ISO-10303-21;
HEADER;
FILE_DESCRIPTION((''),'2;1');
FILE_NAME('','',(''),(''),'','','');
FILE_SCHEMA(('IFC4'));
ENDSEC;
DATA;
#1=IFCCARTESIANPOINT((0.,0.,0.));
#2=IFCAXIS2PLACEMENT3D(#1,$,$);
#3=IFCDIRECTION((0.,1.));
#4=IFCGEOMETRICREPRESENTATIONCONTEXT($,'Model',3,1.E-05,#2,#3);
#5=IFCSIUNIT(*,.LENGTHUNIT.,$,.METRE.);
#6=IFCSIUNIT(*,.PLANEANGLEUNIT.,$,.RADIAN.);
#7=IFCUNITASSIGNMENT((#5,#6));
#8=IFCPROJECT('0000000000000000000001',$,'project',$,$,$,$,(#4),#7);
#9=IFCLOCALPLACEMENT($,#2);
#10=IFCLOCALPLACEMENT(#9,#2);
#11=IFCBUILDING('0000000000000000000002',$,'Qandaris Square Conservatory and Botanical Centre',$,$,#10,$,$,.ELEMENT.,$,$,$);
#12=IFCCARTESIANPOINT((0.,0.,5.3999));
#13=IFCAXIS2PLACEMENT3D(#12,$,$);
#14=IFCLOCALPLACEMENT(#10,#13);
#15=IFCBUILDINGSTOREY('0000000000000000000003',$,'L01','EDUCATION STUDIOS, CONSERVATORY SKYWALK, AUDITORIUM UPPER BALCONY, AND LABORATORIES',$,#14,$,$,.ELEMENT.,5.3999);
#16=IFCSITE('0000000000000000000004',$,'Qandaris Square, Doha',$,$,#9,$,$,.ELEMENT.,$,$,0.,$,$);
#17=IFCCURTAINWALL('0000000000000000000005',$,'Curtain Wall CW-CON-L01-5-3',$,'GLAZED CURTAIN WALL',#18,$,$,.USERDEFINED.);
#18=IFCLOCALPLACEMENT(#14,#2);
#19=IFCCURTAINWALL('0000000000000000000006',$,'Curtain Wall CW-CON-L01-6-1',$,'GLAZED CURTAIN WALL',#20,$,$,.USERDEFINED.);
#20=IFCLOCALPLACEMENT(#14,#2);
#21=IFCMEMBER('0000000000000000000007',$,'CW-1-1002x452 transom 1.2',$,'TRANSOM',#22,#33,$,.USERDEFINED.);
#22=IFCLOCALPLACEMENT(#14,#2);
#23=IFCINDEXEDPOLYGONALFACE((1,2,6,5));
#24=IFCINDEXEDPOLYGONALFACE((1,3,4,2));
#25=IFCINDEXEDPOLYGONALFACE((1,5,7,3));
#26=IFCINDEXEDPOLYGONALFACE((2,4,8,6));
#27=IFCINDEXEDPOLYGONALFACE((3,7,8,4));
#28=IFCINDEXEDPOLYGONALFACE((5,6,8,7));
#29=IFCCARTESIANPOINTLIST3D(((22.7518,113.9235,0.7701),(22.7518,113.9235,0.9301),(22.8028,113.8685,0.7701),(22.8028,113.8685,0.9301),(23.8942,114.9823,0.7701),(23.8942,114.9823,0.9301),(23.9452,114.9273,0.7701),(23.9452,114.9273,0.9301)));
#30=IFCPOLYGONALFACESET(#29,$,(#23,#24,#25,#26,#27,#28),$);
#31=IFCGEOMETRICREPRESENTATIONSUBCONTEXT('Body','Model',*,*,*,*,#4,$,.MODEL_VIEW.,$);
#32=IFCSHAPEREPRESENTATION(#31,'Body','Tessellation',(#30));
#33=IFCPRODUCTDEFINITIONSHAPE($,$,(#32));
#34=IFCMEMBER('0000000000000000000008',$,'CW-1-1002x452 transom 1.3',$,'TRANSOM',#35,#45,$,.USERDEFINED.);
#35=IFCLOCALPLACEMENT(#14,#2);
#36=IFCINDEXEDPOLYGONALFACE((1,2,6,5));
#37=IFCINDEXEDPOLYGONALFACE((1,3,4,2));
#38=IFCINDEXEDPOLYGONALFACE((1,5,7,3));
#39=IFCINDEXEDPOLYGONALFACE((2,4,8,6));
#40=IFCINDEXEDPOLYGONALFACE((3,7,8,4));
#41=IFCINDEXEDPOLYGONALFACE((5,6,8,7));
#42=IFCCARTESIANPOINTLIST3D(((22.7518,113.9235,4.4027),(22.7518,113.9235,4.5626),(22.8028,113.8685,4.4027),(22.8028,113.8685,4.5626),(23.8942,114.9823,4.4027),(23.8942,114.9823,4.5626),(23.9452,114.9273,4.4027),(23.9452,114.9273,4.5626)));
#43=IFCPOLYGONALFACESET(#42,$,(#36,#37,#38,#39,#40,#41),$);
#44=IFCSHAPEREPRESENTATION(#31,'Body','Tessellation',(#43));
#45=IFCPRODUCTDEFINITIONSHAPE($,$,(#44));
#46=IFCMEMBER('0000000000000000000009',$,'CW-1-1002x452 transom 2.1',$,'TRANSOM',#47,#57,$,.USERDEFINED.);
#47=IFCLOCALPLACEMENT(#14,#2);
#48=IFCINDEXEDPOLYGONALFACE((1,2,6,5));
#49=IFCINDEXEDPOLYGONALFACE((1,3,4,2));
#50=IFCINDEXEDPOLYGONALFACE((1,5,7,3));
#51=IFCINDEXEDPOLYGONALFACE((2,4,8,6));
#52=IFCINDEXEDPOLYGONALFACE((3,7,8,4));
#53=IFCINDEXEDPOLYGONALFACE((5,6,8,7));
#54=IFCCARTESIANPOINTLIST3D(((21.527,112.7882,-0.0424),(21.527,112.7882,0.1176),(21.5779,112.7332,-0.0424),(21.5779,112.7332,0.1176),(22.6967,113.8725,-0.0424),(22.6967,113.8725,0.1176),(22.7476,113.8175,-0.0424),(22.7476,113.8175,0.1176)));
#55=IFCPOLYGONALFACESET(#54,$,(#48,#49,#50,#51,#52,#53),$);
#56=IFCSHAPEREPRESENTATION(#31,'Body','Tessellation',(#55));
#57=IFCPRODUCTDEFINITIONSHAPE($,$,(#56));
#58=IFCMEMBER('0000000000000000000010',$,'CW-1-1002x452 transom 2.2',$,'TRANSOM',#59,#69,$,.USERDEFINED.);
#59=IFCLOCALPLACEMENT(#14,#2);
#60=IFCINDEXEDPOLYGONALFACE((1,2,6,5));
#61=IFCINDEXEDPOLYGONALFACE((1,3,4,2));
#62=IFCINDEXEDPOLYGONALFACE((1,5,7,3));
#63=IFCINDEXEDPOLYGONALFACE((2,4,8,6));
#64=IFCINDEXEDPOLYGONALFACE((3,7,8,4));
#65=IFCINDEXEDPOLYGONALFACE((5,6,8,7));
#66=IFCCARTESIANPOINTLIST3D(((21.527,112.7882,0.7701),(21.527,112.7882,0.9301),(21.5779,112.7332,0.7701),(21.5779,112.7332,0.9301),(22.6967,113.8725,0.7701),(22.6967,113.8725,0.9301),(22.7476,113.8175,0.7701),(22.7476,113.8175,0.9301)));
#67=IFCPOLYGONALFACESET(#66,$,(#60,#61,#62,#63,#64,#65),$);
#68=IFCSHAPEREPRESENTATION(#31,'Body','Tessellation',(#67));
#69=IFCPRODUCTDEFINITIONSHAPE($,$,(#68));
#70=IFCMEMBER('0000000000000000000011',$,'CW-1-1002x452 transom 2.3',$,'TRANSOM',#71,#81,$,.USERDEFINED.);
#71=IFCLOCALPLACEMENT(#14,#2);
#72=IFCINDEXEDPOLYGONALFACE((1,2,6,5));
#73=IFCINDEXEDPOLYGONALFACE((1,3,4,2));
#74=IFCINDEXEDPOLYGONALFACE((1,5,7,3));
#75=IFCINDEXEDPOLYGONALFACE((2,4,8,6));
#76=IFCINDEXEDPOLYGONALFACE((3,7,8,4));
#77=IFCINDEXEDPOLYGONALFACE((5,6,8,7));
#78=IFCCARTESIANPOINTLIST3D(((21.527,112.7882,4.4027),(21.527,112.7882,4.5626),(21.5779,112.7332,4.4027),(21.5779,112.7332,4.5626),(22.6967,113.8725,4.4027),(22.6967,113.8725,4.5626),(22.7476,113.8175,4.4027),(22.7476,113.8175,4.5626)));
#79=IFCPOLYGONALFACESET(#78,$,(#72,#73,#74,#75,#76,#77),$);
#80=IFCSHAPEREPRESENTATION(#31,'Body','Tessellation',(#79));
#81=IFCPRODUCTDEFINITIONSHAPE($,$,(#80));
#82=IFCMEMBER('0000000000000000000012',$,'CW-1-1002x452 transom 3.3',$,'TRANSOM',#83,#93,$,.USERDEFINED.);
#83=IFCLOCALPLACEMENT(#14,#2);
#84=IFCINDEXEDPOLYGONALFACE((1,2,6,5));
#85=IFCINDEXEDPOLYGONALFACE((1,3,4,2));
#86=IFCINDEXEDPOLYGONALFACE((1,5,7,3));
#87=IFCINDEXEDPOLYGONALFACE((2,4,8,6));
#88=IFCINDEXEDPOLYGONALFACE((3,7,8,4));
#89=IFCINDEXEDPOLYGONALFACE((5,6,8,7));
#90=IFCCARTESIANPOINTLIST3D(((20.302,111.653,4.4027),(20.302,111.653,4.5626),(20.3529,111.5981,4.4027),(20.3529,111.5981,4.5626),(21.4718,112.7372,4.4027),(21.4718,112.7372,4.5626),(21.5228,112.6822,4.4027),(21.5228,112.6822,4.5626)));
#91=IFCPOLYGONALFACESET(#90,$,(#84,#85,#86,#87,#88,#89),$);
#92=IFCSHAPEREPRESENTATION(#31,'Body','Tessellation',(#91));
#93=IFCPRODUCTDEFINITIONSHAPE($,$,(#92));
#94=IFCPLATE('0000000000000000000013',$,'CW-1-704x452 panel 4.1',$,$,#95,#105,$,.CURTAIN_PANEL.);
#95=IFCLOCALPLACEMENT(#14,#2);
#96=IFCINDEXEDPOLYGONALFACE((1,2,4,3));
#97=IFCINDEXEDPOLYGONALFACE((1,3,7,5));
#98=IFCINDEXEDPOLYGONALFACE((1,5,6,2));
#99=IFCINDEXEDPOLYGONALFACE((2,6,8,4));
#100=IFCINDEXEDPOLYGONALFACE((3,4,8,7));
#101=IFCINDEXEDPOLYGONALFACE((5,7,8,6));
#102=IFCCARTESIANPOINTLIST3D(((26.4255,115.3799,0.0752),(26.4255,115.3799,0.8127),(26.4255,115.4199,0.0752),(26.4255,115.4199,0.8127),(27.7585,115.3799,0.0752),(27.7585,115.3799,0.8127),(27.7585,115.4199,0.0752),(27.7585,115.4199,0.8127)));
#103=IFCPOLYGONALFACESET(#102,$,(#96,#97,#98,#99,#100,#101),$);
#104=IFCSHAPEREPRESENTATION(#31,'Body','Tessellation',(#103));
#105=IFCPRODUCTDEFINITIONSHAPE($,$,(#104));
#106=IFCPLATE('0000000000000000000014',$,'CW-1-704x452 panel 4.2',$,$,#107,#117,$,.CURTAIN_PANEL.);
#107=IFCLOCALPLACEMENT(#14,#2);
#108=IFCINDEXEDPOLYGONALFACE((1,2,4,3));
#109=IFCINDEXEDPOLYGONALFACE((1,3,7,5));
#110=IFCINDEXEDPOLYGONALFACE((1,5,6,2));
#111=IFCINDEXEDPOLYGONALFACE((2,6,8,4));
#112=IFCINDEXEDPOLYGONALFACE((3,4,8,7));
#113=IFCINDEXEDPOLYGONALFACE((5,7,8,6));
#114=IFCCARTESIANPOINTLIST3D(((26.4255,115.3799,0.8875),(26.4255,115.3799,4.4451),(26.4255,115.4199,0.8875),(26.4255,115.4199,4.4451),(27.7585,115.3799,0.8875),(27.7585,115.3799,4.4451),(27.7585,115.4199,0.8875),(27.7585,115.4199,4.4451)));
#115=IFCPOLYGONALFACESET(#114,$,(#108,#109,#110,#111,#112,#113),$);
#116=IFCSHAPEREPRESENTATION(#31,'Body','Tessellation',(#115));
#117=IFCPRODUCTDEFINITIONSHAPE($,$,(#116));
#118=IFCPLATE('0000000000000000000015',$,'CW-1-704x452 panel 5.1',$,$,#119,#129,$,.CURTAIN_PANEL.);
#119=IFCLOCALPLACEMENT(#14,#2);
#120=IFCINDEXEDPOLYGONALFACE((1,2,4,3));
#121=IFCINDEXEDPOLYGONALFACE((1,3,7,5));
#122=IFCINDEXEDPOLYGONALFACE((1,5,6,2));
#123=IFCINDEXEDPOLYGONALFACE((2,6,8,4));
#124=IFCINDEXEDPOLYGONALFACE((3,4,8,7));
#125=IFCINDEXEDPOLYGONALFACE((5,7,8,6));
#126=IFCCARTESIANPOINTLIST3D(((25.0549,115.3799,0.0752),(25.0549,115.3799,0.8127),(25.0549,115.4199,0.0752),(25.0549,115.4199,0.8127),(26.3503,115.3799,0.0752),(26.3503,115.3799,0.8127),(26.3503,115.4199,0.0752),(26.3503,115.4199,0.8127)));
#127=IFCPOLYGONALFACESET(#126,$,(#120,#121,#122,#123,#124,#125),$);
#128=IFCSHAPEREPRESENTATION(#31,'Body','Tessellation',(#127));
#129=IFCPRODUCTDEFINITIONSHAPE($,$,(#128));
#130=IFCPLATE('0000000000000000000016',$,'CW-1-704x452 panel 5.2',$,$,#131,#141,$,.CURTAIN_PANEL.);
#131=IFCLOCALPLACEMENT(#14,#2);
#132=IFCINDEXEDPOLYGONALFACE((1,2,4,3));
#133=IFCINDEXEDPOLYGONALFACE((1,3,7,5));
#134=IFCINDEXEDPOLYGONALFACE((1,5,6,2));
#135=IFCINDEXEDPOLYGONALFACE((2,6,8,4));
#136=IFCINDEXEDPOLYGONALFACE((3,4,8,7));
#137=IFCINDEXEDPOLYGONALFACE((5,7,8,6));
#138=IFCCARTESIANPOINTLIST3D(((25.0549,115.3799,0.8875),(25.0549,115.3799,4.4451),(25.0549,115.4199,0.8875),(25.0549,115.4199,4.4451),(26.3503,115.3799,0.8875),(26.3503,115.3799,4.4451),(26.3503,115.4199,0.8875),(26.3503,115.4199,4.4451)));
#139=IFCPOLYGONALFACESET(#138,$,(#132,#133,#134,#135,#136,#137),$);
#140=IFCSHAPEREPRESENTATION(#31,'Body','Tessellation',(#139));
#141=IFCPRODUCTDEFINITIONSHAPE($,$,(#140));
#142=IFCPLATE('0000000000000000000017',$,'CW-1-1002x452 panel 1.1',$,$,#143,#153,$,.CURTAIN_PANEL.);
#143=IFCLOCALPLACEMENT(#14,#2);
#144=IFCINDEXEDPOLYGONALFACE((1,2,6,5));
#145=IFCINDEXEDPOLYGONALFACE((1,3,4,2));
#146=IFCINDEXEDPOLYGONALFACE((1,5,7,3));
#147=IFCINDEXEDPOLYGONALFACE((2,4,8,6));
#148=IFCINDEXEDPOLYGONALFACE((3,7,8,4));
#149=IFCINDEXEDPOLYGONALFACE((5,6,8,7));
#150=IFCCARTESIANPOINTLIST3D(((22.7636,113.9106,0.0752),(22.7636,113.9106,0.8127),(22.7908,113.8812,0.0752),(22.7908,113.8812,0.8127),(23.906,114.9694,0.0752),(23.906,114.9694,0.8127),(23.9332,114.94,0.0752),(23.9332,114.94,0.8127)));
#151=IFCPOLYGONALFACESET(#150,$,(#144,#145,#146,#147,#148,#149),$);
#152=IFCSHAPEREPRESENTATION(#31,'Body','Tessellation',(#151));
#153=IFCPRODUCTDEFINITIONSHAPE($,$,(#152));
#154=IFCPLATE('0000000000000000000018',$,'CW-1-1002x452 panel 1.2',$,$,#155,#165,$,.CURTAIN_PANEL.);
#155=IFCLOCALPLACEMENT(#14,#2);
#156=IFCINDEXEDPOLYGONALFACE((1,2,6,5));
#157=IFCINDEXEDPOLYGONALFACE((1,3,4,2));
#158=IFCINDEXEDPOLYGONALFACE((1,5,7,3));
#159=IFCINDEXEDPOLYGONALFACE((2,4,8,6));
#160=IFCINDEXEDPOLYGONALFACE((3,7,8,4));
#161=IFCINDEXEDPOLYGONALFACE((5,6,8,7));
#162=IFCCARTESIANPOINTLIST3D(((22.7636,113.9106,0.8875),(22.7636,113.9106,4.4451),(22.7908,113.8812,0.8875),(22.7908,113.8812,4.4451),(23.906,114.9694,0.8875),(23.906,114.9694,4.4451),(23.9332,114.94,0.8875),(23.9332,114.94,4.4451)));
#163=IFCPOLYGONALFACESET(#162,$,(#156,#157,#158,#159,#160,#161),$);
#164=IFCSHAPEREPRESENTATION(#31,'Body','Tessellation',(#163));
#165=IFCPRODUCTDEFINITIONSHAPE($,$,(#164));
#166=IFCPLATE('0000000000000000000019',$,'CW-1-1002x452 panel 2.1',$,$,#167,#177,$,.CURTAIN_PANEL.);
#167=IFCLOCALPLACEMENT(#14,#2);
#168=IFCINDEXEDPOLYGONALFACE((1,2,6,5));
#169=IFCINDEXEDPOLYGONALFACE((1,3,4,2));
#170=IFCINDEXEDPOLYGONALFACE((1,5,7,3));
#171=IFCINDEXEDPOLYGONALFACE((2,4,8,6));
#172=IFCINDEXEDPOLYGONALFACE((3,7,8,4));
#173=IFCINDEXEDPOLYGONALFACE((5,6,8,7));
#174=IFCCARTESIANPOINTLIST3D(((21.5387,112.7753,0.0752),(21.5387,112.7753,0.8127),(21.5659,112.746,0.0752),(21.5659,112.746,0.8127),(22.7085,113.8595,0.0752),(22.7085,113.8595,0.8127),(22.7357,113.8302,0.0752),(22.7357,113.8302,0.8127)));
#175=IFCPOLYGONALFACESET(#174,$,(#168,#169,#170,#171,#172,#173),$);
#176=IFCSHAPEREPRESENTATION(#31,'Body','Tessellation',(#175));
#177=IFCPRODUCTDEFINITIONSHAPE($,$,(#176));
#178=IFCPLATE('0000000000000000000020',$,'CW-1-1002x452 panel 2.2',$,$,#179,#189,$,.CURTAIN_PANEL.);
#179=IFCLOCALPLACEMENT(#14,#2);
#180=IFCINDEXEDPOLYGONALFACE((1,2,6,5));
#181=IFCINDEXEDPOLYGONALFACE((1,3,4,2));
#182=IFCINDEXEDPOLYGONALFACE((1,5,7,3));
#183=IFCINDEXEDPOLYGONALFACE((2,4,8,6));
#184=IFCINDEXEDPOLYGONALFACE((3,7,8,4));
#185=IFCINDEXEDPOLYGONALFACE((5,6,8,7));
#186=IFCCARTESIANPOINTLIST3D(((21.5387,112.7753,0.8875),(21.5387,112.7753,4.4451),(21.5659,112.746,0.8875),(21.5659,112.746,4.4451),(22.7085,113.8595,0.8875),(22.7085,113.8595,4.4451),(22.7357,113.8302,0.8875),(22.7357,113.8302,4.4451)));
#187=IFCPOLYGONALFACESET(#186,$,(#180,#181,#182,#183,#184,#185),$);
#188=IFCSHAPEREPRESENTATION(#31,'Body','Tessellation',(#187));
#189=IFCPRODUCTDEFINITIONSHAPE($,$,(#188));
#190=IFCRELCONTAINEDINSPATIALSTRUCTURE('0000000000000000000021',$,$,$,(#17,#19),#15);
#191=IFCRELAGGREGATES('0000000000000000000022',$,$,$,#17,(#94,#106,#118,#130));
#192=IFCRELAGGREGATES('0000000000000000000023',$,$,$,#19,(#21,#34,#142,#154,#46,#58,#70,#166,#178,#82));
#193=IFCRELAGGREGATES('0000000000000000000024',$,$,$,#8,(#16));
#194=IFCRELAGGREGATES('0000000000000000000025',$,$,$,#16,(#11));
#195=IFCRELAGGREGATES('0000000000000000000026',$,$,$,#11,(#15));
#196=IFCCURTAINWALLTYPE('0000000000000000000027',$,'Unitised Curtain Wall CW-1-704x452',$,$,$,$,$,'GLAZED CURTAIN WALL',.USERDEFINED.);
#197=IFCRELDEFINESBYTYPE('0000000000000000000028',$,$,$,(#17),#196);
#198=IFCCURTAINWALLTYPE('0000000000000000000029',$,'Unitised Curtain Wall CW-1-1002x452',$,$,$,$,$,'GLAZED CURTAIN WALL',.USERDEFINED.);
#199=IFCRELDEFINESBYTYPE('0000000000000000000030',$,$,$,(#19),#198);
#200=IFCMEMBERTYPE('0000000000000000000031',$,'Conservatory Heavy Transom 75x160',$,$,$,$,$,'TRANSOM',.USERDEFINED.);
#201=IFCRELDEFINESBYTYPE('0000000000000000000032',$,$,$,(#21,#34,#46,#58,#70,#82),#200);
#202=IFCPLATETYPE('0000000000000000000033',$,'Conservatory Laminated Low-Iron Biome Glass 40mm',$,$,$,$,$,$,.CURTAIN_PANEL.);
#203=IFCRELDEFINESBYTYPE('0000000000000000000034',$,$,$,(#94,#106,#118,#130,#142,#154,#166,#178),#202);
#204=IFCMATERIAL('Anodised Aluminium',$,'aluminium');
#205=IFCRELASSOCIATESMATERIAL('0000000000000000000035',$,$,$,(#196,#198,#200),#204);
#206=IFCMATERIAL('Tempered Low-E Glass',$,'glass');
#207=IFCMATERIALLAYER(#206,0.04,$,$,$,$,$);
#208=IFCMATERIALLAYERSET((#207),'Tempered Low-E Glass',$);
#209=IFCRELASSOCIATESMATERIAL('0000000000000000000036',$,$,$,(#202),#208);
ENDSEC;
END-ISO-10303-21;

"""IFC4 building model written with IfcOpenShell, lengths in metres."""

from ifc_helpers import new_model, si_unit, direction, frame, origin, origin_2d, place, context, subcontext, project, spatial, rectangle, extrude, material, layer, layer_set, material_profile, profile_set, type_object, element, aggregate, save


model = new_model("IFC4")

# Units and contexts
model_context = context("Model", 3, precision=1e-05, world=origin(), true_north=direction((0.0, 1.0)))
body_context = subcontext(model_context, "Body", "Model", "MODEL_VIEW")
ifc_project = project(units=[si_unit("LENGTHUNIT", "METRE"), si_unit("PLANEANGLEUNIT", "RADIAN")], contexts=[model_context])

# Site, building, storey
site_placement = place(None, origin())
site = spatial("IfcSite", under=ifc_project, at=site_placement, Name="Qandaris Square, Doha", CompositionType="ELEMENT", RefElevation=0.0)
building_placement = place(site_placement, origin())
building = spatial("IfcBuilding", under=site, at=building_placement, Name="Qandaris Square Conservatory and Botanical Centre", CompositionType="ELEMENT")
storey_placement = place(building_placement, frame((0.0, 0.0, 5.3999)))
storey = spatial("IfcBuildingStorey", under=building, at=storey_placement, Name="L01", Description="EDUCATION STUDIOS, CONSERVATORY SKYWALK, AUDITORIUM UPPER BALCONY, AND LABORATORIES", CompositionType="ELEMENT", Elevation=5.3999)

# Curtain walls
ifc_material_1 = material(Name="Anodised Aluminium", Category="aluminium")
curtain_wall_type_1 = type_object("IfcCurtainWallType", Name="Unitised Curtain Wall CW-1-704x452", ElementType="GLAZED CURTAIN WALL", PredefinedType="USERDEFINED", material=ifc_material_1)
curtain_wall_1_placement = place(storey_placement, origin())
curtain_wall_1 = element("IfcCurtainWall", 1, at=curtain_wall_1_placement, inside=storey, type_object=curtain_wall_type_1, Name="Curtain Wall CW-CON-L01-5-3", ObjectType="GLAZED CURTAIN WALL", PredefinedType="USERDEFINED")
curtain_wall_type_2 = type_object("IfcCurtainWallType", Name="Unitised Curtain Wall CW-1-1002x452", ElementType="GLAZED CURTAIN WALL", PredefinedType="USERDEFINED", material=ifc_material_1)
curtain_wall_2_placement = place(storey_placement, origin())
curtain_wall_2 = element("IfcCurtainWall", 2, at=curtain_wall_2_placement, inside=storey, type_object=curtain_wall_type_2, Name="Curtain Wall CW-CON-L01-6-1", ObjectType="GLAZED CURTAIN WALL", PredefinedType="USERDEFINED")

# Members
ifc_material_profile_1 = material_profile(ifc_material_1, rectangle(XDim=0.075, YDim=0.1599, at=origin_2d()), Name="ALU-TRN 75x160")
ifc_profile_set_1 = profile_set([ifc_material_profile_1], Name="Anodised Aluminium")
member_type_1 = type_object("IfcMemberType", Name="Conservatory Heavy Transom 75x160", ElementType="TRANSOM", PredefinedType="USERDEFINED", material=ifc_profile_set_1)
member_1_placement = place(storey_placement, frame((23.9197, 114.9548, 0.8501), z_axis=(-0.733402, -0.679796, 0.0), x_axis=(0.679796, -0.733402, 0.0)))
member_1 = element("IfcMember", 3, at=member_1_placement, type_object=member_type_1, Name="CW-1-1002x452 transom 1.2", ObjectType="TRANSOM", PredefinedType="USERDEFINED", context=body_context, shape_type="SweptSolid", body=[
    extrude(rectangle(XDim=0.075, YDim=0.1599, at=origin_2d()), origin(), (0.0, 0.0, 1.0), 1.5576),
])
member_2_placement = place(storey_placement, frame((23.9197, 114.9548, 4.4827), z_axis=(-0.733402, -0.679796, 0.0), x_axis=(0.679796, -0.733402, 0.0)))
member_2 = element("IfcMember", 4, at=member_2_placement, type_object=member_type_1, Name="CW-1-1002x452 transom 1.3", ObjectType="TRANSOM", PredefinedType="USERDEFINED", context=body_context, shape_type="SweptSolid", body=[
    extrude(rectangle(XDim=0.075, YDim=0.1599, at=origin_2d()), origin(), (0.0, 0.0, 1.0), 1.5576),
])
member_3_placement = place(storey_placement, frame((22.7222, 113.845, 0.0376), z_axis=(-0.733387, -0.679811, 0.0), x_axis=(0.679811, -0.733387, 0.0)))
member_3 = element("IfcMember", 5, at=member_3_placement, type_object=member_type_1, Name="CW-1-1002x452 transom 2.1", ObjectType="TRANSOM", PredefinedType="USERDEFINED", context=body_context, shape_type="SweptSolid", body=[
    extrude(rectangle(XDim=0.075, YDim=0.1599, at=origin_2d()), origin(), (0.0, 0.0, 1.0), 1.595),
])
member_4_placement = place(storey_placement, frame((22.7222, 113.845, 0.8501), z_axis=(-0.733387, -0.679811, 0.0), x_axis=(0.679811, -0.733387, 0.0)))
member_4 = element("IfcMember", 6, at=member_4_placement, type_object=member_type_1, Name="CW-1-1002x452 transom 2.2", ObjectType="TRANSOM", PredefinedType="USERDEFINED", context=body_context, shape_type="SweptSolid", body=[
    extrude(rectangle(XDim=0.075, YDim=0.1599, at=origin_2d()), origin(), (0.0, 0.0, 1.0), 1.595),
])
member_5_placement = place(storey_placement, frame((22.7222, 113.845, 4.4827), z_axis=(-0.733387, -0.679811, 0.0), x_axis=(0.679811, -0.733387, 0.0)))
member_5 = element("IfcMember", 7, at=member_5_placement, type_object=member_type_1, Name="CW-1-1002x452 transom 2.3", ObjectType="TRANSOM", PredefinedType="USERDEFINED", context=body_context, shape_type="SweptSolid", body=[
    extrude(rectangle(XDim=0.075, YDim=0.1599, at=origin_2d()), origin(), (0.0, 0.0, 1.0), 1.595),
])
member_6_placement = place(storey_placement, frame((21.4973, 112.7097, 4.4827), z_axis=(-0.733458, -0.679735, 0.0), x_axis=(0.679735, -0.733458, 0.0)))
member_6 = element("IfcMember", 8, at=member_6_placement, type_object=member_type_1, Name="CW-1-1002x452 transom 3.3", ObjectType="TRANSOM", PredefinedType="USERDEFINED", context=body_context, shape_type="SweptSolid", body=[
    extrude(rectangle(XDim=0.075, YDim=0.1599, at=origin_2d()), origin(), (0.0, 0.0, 1.0), 1.595),
])

# Plates
ifc_material_2 = material(Name="Tempered Low-E Glass", Category="glass")
ifc_layer = layer(ifc_material_2, 0.04)
ifc_layer_set = layer_set([ifc_layer], Name="Tempered Low-E Glass")
plate_type = type_object("IfcPlateType", Name="Conservatory Laminated Low-Iron Biome Glass 40mm", PredefinedType="CURTAIN_PANEL", material=ifc_layer_set)
plate_1_placement = place(storey_placement, frame((27.092, 115.3999, 0.0752), z_axis=(0.0, 0.0, 1.0), x_axis=(-1.0, 0.0, 0.0)))
plate_1 = element("IfcPlate", 9, at=plate_1_placement, type_object=plate_type, Name="CW-1-704x452 panel 4.1", PredefinedType="CURTAIN_PANEL", context=body_context, shape_type="SweptSolid", body=[
    extrude(rectangle(XDim=1.333, YDim=0.04, at=origin_2d()), origin(), (0.0, 0.0, 1.0), 0.7375),
])
plate_2_placement = place(storey_placement, frame((27.092, 115.3999, 0.8875), z_axis=(0.0, 0.0, 1.0), x_axis=(-1.0, 0.0, 0.0)))
plate_2 = element("IfcPlate", 10, at=plate_2_placement, type_object=plate_type, Name="CW-1-704x452 panel 4.2", PredefinedType="CURTAIN_PANEL", context=body_context, shape_type="SweptSolid", body=[
    extrude(rectangle(XDim=1.333, YDim=0.04, at=origin_2d()), origin(), (0.0, 0.0, 1.0), 3.5576),
])
plate_3_placement = place(storey_placement, frame((25.7026, 115.3999, 0.0752), z_axis=(0.0, 0.0, 1.0), x_axis=(-1.0, 0.0, 0.0)))
plate_3 = element("IfcPlate", 11, at=plate_3_placement, type_object=plate_type, Name="CW-1-704x452 panel 5.1", PredefinedType="CURTAIN_PANEL", context=body_context, shape_type="SweptSolid", body=[
    extrude(rectangle(XDim=1.2954, YDim=0.04, at=origin_2d()), origin(), (0.0, 0.0, 1.0), 0.7375),
])
plate_4_placement = place(storey_placement, frame((25.7026, 115.3999, 0.8875), z_axis=(0.0, 0.0, 1.0), x_axis=(-1.0, 0.0, 0.0)))
plate_4 = element("IfcPlate", 12, at=plate_4_placement, type_object=plate_type, Name="CW-1-704x452 panel 5.2", PredefinedType="CURTAIN_PANEL", context=body_context, shape_type="SweptSolid", body=[
    extrude(rectangle(XDim=1.2954, YDim=0.04, at=origin_2d()), origin(), (0.0, 0.0, 1.0), 3.5576),
])
aggregate(curtain_wall_1, [plate_1, plate_2, plate_3, plate_4])
plate_5_placement = place(storey_placement, frame((23.3484, 114.4253, 0.0752), z_axis=(0.0, 0.0, 1.0), x_axis=(-0.733433, -0.679762, 0.0)))
plate_5 = element("IfcPlate", 13, at=plate_5_placement, type_object=plate_type, Name="CW-1-1002x452 panel 1.1", PredefinedType="CURTAIN_PANEL", context=body_context, shape_type="SweptSolid", body=[
    extrude(rectangle(XDim=1.5576, YDim=0.04, at=origin_2d()), origin(), (0.0, 0.0, 1.0), 0.7375),
])
plate_6_placement = place(storey_placement, frame((23.3484, 114.4253, 0.8875), z_axis=(0.0, 0.0, 1.0), x_axis=(-0.733433, -0.679762, 0.0)))
plate_6 = element("IfcPlate", 14, at=plate_6_placement, type_object=plate_type, Name="CW-1-1002x452 panel 1.2", PredefinedType="CURTAIN_PANEL", context=body_context, shape_type="SweptSolid", body=[
    extrude(rectangle(XDim=1.5576, YDim=0.04, at=origin_2d()), origin(), (0.0, 0.0, 1.0), 3.5576),
])
plate_7_placement = place(storey_placement, frame((22.1372, 113.3027, 0.0752), z_axis=(0.0, 0.0, 1.0), x_axis=(-0.733433, -0.679762, 0.0)))
plate_7 = element("IfcPlate", 15, at=plate_7_placement, type_object=plate_type, Name="CW-1-1002x452 panel 2.1", PredefinedType="CURTAIN_PANEL", context=body_context, shape_type="SweptSolid", body=[
    extrude(rectangle(XDim=1.595, YDim=0.04, at=origin_2d()), origin(), (0.0, 0.0, 1.0), 0.7375),
])
plate_8_placement = place(storey_placement, frame((22.1372, 113.3027, 0.8875), z_axis=(0.0, 0.0, 1.0), x_axis=(-0.733433, -0.679762, 0.0)))
plate_8 = element("IfcPlate", 16, at=plate_8_placement, type_object=plate_type, Name="CW-1-1002x452 panel 2.2", PredefinedType="CURTAIN_PANEL", context=body_context, shape_type="SweptSolid", body=[
    extrude(rectangle(XDim=1.595, YDim=0.04, at=origin_2d()), origin(), (0.0, 0.0, 1.0), 3.5576),
])
aggregate(curtain_wall_2, [member_1, member_2, plate_5, plate_6, member_3, member_4, member_5, plate_7, plate_8, member_6])

save(model, "model.ifc")
